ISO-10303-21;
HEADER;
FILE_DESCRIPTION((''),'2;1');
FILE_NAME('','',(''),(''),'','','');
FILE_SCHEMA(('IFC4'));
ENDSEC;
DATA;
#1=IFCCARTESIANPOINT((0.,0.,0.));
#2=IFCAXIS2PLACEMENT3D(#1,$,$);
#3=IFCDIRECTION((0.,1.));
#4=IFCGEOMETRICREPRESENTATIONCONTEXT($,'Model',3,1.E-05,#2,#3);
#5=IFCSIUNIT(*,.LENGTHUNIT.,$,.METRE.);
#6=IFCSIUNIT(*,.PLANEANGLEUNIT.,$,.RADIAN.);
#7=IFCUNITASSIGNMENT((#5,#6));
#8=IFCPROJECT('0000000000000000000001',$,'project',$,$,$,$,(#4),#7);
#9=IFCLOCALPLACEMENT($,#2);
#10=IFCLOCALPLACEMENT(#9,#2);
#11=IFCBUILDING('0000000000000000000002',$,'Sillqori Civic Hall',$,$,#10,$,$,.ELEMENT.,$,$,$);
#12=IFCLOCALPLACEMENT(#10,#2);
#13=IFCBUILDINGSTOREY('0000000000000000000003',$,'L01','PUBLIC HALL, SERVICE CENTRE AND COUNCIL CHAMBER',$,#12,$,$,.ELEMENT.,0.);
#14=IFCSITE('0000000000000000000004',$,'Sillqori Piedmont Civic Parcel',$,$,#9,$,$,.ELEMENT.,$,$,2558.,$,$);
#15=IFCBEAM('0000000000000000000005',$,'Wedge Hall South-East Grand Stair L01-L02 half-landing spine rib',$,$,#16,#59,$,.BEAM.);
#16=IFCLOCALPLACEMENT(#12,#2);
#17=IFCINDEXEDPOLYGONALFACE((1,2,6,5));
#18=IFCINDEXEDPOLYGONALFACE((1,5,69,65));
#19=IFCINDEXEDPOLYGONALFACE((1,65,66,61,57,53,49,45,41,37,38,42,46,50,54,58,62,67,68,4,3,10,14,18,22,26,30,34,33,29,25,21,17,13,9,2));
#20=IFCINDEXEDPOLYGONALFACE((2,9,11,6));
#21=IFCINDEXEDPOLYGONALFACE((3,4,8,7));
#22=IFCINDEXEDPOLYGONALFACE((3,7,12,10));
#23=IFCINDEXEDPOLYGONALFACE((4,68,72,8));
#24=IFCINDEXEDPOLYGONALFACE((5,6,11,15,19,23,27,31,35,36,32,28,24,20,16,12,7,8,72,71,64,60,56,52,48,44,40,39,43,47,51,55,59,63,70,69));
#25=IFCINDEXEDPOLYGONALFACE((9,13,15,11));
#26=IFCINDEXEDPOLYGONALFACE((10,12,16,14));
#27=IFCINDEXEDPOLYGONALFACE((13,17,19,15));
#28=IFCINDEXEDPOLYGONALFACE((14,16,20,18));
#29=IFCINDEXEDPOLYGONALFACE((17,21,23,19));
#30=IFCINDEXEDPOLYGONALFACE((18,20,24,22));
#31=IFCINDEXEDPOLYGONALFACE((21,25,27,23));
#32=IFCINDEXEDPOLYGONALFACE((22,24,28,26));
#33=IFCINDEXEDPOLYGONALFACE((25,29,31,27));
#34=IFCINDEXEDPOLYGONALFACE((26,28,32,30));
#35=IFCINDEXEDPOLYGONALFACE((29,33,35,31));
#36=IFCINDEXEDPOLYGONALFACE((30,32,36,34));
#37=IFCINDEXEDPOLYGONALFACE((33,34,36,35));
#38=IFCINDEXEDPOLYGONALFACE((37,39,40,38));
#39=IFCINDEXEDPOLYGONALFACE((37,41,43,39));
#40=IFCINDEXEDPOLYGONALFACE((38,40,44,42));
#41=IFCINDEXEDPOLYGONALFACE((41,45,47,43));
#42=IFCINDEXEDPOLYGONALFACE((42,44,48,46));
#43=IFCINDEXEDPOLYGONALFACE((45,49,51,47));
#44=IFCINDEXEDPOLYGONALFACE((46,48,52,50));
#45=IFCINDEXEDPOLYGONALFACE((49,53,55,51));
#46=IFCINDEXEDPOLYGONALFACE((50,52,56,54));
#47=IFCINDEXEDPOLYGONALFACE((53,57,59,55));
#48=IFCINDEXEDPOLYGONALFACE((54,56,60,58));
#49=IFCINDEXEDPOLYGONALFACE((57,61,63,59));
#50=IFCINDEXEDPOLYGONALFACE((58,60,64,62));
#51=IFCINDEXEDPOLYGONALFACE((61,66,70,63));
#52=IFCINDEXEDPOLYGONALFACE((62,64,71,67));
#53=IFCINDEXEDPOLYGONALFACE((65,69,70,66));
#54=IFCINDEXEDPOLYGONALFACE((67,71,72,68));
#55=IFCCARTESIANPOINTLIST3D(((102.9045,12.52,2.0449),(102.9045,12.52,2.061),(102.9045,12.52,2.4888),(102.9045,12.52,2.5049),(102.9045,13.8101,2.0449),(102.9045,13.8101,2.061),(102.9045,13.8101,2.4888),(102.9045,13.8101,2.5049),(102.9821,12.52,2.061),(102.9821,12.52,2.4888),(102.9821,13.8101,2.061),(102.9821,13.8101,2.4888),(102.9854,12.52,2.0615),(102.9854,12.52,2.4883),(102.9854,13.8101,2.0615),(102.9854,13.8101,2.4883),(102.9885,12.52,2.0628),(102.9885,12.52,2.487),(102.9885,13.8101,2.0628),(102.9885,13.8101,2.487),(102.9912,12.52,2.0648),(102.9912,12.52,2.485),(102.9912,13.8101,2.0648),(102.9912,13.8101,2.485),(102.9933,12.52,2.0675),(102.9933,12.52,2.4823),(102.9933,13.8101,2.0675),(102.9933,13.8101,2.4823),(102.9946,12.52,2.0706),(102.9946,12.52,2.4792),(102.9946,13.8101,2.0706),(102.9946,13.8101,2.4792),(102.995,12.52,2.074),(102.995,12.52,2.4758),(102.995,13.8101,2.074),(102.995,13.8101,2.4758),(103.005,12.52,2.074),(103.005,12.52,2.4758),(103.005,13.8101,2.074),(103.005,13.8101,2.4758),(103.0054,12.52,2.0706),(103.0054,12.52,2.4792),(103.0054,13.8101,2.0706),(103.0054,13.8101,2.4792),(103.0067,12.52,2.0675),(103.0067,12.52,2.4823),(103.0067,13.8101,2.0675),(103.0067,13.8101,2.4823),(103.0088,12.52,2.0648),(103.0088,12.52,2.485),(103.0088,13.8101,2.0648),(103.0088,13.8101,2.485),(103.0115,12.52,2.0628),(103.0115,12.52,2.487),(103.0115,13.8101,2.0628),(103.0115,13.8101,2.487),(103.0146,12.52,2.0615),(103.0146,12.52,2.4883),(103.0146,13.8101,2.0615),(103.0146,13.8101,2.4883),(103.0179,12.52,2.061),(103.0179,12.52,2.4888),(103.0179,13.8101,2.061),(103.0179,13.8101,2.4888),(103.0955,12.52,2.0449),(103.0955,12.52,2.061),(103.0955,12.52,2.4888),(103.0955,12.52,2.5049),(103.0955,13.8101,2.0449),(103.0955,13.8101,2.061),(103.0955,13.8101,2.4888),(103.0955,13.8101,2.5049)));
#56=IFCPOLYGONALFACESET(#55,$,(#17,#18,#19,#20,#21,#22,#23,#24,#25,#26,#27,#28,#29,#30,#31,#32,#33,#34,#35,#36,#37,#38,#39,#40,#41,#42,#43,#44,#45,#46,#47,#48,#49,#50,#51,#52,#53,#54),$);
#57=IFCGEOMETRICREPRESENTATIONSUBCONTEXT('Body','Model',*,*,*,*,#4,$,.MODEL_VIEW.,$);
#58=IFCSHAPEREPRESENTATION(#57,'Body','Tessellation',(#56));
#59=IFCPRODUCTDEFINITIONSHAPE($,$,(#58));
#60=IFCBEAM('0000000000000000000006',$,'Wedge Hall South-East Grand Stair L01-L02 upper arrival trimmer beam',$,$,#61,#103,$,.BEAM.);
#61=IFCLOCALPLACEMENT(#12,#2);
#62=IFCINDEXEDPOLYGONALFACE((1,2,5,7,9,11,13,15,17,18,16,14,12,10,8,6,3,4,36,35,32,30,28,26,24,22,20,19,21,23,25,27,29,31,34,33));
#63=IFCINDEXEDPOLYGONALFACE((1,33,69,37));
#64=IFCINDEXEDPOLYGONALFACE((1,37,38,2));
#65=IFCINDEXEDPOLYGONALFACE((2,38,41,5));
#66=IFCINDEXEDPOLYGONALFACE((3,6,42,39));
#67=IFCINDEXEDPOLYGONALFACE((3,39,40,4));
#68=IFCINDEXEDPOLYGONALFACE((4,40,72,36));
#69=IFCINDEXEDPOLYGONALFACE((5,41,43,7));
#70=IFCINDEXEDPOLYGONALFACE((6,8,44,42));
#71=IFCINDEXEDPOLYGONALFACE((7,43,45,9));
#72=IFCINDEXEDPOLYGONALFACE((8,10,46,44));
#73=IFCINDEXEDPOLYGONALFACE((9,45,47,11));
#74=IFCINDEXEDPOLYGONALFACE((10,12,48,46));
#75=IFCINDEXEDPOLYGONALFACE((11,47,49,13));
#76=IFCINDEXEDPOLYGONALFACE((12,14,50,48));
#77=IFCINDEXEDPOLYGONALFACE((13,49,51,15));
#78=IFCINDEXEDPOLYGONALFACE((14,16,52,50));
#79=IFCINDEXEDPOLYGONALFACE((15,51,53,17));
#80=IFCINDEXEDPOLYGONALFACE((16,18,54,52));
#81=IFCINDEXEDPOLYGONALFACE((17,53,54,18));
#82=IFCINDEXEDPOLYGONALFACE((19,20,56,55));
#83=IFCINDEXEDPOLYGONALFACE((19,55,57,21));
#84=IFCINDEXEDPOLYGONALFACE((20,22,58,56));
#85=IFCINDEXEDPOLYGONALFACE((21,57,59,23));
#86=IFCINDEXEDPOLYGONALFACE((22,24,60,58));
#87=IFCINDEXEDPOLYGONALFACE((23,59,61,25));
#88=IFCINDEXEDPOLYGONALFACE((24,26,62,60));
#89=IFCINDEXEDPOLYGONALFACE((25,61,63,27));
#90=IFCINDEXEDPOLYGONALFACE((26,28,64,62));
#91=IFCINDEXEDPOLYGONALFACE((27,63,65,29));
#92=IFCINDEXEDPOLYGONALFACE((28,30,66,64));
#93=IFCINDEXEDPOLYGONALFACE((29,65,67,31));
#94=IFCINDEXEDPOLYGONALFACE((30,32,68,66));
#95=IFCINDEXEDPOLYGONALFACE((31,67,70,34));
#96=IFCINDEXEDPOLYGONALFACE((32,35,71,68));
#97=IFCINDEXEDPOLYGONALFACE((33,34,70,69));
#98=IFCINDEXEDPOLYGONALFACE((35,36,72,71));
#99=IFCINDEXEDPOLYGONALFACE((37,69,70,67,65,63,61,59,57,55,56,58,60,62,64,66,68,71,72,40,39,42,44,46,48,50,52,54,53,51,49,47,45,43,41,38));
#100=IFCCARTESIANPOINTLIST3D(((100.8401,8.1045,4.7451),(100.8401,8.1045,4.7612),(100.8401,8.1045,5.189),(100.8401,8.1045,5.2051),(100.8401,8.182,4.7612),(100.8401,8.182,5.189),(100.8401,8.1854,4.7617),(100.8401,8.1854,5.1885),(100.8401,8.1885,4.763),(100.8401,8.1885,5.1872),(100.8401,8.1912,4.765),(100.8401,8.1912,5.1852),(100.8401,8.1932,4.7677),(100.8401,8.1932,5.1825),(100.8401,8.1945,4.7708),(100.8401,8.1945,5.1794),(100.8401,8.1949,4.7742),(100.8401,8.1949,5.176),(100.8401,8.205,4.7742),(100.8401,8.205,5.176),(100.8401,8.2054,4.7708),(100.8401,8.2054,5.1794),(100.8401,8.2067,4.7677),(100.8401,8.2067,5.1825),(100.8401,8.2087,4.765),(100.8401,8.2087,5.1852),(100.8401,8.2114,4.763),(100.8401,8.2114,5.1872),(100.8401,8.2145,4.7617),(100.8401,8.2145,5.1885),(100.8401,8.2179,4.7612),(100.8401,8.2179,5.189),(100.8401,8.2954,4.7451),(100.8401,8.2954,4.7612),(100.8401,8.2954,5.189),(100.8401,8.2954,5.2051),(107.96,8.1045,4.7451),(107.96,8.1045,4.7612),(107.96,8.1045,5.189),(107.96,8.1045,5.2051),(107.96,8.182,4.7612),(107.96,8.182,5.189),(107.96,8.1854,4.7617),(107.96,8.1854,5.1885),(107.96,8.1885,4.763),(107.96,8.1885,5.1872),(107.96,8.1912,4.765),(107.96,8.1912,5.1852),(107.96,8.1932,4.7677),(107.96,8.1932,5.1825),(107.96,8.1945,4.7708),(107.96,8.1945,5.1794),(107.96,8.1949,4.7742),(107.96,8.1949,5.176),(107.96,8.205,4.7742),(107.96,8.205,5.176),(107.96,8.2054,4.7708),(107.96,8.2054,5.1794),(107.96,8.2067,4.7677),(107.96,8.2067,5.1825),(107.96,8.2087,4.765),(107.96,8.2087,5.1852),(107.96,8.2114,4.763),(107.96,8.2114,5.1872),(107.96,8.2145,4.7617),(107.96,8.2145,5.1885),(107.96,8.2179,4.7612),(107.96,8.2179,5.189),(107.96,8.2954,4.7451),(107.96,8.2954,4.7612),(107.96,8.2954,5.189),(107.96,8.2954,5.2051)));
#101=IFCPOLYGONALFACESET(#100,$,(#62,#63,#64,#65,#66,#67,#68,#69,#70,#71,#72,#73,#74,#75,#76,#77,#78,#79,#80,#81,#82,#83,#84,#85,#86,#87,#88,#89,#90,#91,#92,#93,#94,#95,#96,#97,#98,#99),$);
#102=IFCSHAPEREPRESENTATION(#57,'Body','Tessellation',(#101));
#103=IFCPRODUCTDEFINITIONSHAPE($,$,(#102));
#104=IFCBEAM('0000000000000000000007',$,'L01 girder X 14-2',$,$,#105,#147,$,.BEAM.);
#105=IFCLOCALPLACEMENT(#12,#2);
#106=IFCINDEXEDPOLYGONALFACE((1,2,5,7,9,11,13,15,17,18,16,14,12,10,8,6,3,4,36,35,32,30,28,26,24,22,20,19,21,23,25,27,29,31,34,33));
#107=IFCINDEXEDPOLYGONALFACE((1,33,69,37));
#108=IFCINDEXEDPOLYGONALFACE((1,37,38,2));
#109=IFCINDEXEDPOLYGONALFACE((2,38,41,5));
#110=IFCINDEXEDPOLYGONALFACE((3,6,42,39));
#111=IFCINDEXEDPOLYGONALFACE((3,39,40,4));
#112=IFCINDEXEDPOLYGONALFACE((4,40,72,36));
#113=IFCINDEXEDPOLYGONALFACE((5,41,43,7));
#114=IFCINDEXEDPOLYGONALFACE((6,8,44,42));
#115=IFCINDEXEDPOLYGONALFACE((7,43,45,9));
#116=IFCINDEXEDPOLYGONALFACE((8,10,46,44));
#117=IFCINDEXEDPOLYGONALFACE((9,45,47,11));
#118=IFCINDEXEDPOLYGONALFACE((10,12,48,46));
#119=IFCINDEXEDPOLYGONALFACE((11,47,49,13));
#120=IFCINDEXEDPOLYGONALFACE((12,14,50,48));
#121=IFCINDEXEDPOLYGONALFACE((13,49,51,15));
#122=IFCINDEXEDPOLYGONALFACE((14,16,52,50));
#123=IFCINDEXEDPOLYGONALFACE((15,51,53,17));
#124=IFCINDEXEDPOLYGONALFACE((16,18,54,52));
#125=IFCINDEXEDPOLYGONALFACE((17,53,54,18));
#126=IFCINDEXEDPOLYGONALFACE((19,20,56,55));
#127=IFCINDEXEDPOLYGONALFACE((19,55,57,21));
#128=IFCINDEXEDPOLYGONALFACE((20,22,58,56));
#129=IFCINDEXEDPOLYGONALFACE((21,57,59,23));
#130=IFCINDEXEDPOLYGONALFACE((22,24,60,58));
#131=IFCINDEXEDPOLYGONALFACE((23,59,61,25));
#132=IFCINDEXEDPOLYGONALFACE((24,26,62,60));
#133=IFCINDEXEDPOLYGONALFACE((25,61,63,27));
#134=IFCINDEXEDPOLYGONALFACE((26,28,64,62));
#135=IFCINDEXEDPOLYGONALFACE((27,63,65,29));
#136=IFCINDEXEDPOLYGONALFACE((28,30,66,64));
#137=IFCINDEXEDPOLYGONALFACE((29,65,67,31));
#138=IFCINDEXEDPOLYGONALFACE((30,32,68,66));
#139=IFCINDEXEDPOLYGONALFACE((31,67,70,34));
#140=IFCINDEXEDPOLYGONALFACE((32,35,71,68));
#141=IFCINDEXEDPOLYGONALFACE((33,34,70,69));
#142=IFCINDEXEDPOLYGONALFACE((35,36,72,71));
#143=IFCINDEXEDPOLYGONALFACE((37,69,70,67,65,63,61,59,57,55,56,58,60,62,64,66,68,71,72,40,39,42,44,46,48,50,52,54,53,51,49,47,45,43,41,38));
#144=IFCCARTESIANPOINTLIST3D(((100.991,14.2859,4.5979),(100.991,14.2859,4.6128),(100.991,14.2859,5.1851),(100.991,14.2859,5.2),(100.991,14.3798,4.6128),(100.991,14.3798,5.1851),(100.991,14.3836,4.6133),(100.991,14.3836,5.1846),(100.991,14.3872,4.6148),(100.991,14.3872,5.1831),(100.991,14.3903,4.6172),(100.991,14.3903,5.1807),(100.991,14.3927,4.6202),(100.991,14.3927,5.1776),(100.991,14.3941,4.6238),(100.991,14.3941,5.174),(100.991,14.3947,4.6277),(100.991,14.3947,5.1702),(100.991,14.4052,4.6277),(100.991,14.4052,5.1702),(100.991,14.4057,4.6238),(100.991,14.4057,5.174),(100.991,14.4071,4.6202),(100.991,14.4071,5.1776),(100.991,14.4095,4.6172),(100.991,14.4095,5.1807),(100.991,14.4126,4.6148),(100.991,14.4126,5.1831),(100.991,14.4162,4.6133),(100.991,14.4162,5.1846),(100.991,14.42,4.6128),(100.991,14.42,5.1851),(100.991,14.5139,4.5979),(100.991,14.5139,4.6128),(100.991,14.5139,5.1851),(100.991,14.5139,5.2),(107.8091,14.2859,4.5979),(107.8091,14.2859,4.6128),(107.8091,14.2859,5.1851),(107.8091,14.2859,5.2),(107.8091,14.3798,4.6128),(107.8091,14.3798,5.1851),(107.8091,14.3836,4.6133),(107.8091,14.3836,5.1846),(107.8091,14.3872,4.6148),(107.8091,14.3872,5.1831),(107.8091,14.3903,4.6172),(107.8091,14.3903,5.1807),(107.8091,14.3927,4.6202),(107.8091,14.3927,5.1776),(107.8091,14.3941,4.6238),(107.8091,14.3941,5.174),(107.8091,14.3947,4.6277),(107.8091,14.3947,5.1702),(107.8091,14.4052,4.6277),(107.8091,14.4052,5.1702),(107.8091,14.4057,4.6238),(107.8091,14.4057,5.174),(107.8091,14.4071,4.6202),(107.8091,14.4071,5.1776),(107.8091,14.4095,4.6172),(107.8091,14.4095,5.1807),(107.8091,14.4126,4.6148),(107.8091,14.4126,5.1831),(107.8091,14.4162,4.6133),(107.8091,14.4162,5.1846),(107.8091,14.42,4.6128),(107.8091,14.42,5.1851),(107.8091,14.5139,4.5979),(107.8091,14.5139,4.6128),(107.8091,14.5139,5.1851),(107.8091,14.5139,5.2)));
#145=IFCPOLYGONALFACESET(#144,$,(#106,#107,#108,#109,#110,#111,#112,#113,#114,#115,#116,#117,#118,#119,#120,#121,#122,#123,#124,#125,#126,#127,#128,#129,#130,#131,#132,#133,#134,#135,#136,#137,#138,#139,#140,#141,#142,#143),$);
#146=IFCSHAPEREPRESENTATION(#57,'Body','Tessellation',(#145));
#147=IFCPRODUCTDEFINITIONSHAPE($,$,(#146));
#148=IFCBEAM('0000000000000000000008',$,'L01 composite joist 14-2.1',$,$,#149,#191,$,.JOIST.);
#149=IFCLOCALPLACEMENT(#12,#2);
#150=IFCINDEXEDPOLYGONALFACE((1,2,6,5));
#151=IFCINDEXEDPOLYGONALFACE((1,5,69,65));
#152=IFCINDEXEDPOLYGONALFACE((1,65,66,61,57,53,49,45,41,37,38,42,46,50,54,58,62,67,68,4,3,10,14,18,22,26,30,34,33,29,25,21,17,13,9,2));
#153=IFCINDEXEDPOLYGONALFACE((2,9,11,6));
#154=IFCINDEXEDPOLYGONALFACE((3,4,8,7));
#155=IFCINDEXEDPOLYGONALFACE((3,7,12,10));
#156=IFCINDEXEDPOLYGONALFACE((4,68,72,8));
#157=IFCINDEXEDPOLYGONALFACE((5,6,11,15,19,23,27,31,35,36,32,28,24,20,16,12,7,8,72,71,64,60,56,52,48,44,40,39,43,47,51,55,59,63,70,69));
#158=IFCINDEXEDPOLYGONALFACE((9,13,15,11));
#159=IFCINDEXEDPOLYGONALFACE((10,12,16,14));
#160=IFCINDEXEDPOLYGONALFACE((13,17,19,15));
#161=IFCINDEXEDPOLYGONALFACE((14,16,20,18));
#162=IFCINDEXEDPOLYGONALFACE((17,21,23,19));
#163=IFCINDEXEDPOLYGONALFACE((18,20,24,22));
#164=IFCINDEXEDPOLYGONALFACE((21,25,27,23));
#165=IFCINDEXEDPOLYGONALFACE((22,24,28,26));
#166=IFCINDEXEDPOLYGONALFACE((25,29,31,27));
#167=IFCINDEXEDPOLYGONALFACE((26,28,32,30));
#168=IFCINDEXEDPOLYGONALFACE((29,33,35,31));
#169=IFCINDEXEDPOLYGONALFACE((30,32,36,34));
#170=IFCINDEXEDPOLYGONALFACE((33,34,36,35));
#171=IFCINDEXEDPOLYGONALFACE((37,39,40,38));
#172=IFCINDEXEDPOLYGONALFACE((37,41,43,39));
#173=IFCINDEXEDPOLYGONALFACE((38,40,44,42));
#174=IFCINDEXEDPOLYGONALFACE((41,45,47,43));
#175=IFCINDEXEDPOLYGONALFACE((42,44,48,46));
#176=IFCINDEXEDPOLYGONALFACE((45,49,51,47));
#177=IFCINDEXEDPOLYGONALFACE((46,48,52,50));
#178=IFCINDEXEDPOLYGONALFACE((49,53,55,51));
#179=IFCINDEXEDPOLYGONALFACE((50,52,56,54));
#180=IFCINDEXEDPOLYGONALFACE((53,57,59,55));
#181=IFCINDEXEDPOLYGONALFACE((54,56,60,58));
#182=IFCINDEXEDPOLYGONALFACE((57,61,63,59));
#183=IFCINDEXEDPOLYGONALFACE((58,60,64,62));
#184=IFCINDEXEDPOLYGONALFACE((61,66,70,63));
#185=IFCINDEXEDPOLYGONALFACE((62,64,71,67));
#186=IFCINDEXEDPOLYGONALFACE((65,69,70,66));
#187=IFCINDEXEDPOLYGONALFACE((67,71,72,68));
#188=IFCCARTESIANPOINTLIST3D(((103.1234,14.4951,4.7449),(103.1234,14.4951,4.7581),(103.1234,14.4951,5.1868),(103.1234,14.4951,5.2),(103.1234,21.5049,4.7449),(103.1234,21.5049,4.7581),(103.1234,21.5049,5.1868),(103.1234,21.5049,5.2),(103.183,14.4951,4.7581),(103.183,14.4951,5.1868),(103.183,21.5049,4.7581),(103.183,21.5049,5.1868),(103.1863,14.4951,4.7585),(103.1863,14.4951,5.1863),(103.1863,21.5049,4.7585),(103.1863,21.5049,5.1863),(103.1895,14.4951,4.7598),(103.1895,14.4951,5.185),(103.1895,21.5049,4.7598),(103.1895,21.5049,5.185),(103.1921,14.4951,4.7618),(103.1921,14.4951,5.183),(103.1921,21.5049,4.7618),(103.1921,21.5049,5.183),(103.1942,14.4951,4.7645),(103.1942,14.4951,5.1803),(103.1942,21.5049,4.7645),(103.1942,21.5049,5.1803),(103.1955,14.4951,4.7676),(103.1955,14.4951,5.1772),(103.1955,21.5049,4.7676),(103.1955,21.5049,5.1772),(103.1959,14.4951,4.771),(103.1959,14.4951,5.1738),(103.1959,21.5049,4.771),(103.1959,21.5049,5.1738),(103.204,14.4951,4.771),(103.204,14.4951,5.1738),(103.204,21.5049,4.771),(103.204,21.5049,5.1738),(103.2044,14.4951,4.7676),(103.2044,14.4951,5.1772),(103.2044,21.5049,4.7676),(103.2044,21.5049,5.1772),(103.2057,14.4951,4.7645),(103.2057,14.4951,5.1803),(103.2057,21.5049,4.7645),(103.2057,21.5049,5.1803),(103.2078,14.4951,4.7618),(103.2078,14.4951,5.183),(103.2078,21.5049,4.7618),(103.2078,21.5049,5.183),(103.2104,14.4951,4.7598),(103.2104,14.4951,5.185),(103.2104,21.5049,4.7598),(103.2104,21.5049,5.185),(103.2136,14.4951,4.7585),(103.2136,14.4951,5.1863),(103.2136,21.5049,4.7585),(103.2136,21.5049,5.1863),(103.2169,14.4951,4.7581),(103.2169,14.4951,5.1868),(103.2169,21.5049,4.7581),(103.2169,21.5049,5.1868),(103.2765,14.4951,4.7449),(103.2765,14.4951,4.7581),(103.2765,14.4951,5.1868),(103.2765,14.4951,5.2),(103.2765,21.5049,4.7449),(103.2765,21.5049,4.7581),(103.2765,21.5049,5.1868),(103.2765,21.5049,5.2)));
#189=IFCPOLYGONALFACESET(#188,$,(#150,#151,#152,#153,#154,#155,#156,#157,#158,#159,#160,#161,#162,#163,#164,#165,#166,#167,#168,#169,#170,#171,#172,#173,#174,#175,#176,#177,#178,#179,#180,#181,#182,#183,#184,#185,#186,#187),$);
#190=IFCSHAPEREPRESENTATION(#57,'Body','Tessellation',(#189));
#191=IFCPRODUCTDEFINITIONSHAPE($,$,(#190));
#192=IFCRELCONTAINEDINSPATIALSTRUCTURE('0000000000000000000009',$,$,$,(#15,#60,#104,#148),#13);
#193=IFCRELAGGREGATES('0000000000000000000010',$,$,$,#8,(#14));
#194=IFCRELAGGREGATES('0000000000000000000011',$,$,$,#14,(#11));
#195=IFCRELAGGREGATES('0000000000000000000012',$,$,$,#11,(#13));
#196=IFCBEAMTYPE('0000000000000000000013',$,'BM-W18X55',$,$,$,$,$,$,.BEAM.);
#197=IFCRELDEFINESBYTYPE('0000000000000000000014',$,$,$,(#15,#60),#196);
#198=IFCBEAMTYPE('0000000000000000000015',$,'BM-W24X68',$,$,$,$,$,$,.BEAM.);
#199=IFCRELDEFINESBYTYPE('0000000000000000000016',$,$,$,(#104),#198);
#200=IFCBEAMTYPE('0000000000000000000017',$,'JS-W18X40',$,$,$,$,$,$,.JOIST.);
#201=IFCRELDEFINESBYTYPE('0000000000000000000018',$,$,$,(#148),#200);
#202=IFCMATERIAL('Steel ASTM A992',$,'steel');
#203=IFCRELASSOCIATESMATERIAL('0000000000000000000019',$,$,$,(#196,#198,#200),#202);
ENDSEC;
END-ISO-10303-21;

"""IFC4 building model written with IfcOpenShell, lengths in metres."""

from ifc_helpers import new_model, si_unit, direction, frame, origin, origin_2d, place, context, subcontext, project, spatial, i_section, extrude, material, material_profile, profile_set, type_object, element, save


model = new_model("IFC4")

# Units and contexts
model_context = context("Model", 3, precision=1e-05, world=origin(), true_north=direction((0.0, 1.0)))
body_context = subcontext(model_context, "Body", "Model", "MODEL_VIEW")
ifc_project = project(units=[si_unit("LENGTHUNIT", "METRE"), si_unit("PLANEANGLEUNIT", "RADIAN")], contexts=[model_context])

# Site, building, storey
site_placement = place(None, origin())
site = spatial("IfcSite", under=ifc_project, at=site_placement, Name="Sillqori Piedmont Civic Parcel", CompositionType="ELEMENT", RefElevation=2558.0)
building_placement = place(site_placement, origin())
building = spatial("IfcBuilding", under=site, at=building_placement, Name="Sillqori Civic Hall", CompositionType="ELEMENT")
storey_placement = place(building_placement, origin())
storey = spatial("IfcBuildingStorey", under=building, at=storey_placement, Name="L01", Description="PUBLIC HALL, SERVICE CENTRE AND COUNCIL CHAMBER", CompositionType="ELEMENT", Elevation=0.0)

# Shared definitions
ifc_material_1 = material(Name="Steel ASTM A992", Category="steel")

# Beams
ifc_material_profile_1 = material_profile(ifc_material_1, i_section(OverallWidth=0.1909, OverallDepth=0.46, WebThickness=0.01, FlangeThickness=0.0161, FilletRadius=0.0129, at=origin_2d()), Name="W18X55")
ifc_profile_set_1 = profile_set([ifc_material_profile_1], Name="Steel ASTM A992")
beam_type_1 = type_object("IfcBeamType", Name="BM-W18X55", PredefinedType="BEAM", material=ifc_profile_set_1)
beam_1_placement = place(storey_placement, frame((103.0, 12.52, 2.2749), z_axis=(0.0, 1.0, 0.0), x_axis=(-1.0, 0.0, 0.0)))
element("IfcBeam", 1, at=beam_1_placement, inside=storey, type_object=beam_type_1, Name="Wedge Hall South-East Grand Stair L01-L02 half-landing spine rib", PredefinedType="BEAM", context=body_context, shape_type="SweptSolid", body=[
    extrude(i_section(OverallWidth=0.1909, OverallDepth=0.46, WebThickness=0.01, FlangeThickness=0.0161, FilletRadius=0.0129, at=origin_2d()), origin(), (0.0, 0.0, 1.0), 1.29),
])
beam_2_placement = place(storey_placement, frame((100.8401, 8.2, 4.9751), z_axis=(1.0, 0.0, 0.0), x_axis=(0.0, 1.0, 0.0)))
element("IfcBeam", 2, at=beam_2_placement, inside=storey, type_object=beam_type_1, Name="Wedge Hall South-East Grand Stair L01-L02 upper arrival trimmer beam", PredefinedType="BEAM", context=body_context, shape_type="SweptSolid", body=[
    extrude(i_section(OverallWidth=0.1909, OverallDepth=0.46, WebThickness=0.01, FlangeThickness=0.0161, FilletRadius=0.0129, at=origin_2d()), origin(), (0.0, 0.0, 1.0), 7.1199),
])
ifc_material_profile_2 = material_profile(ifc_material_1, i_section(OverallWidth=0.228, OverallDepth=0.6021, WebThickness=0.0105, FlangeThickness=0.0149, FilletRadius=0.0149, at=origin_2d()), Name="W24X68")
ifc_profile_set_2 = profile_set([ifc_material_profile_2], Name="Steel ASTM A992")
beam_type_2 = type_object("IfcBeamType", Name="BM-W24X68", PredefinedType="BEAM", material=ifc_profile_set_2)
beam_3_placement = place(storey_placement, frame((100.991, 14.3999, 4.8989), z_axis=(1.0, 0.0, 0.0), x_axis=(0.0, 1.0, 0.0)))
element("IfcBeam", 3, at=beam_3_placement, inside=storey, type_object=beam_type_2, Name="L01 girder X 14-2", PredefinedType="BEAM", context=body_context, shape_type="SweptSolid", body=[
    extrude(i_section(OverallWidth=0.228, OverallDepth=0.6021, WebThickness=0.0105, FlangeThickness=0.0149, FilletRadius=0.0149, at=origin_2d()), origin(), (0.0, 0.0, 1.0), 6.8181),
])
ifc_material_profile_3 = material_profile(ifc_material_1, i_section(OverallWidth=0.1531, OverallDepth=0.4551, WebThickness=0.0081, FlangeThickness=0.0132, FilletRadius=0.0129, at=origin_2d()), Name="W18X40")
ifc_profile_set_3 = profile_set([ifc_material_profile_3], Name="Steel ASTM A992")
beam_type_3 = type_object("IfcBeamType", Name="JS-W18X40", PredefinedType="JOIST", material=ifc_profile_set_3)
for number, where, z_axis, x_axis, name in (
    (4, (103.2, 14.4951, 4.9724), (0.0, 1.0, 0.0), (-1.0, 0.0, 0.0), "L01 composite joist 14-2.1"),
):
    element("IfcBeam", number, at=place(storey_placement, frame(where, z_axis=z_axis, x_axis=x_axis)), inside=storey, type_object=beam_type_3, Name=name, PredefinedType="JOIST", context=body_context, shape_type="SweptSolid", body=[
        extrude(i_section(OverallWidth=0.1531, OverallDepth=0.4551, WebThickness=0.0081, FlangeThickness=0.0132, FilletRadius=0.0129, at=origin_2d()), origin(), (0.0, 0.0, 1.0), 7.0098),
    ])

save(model, "model.ifc")
